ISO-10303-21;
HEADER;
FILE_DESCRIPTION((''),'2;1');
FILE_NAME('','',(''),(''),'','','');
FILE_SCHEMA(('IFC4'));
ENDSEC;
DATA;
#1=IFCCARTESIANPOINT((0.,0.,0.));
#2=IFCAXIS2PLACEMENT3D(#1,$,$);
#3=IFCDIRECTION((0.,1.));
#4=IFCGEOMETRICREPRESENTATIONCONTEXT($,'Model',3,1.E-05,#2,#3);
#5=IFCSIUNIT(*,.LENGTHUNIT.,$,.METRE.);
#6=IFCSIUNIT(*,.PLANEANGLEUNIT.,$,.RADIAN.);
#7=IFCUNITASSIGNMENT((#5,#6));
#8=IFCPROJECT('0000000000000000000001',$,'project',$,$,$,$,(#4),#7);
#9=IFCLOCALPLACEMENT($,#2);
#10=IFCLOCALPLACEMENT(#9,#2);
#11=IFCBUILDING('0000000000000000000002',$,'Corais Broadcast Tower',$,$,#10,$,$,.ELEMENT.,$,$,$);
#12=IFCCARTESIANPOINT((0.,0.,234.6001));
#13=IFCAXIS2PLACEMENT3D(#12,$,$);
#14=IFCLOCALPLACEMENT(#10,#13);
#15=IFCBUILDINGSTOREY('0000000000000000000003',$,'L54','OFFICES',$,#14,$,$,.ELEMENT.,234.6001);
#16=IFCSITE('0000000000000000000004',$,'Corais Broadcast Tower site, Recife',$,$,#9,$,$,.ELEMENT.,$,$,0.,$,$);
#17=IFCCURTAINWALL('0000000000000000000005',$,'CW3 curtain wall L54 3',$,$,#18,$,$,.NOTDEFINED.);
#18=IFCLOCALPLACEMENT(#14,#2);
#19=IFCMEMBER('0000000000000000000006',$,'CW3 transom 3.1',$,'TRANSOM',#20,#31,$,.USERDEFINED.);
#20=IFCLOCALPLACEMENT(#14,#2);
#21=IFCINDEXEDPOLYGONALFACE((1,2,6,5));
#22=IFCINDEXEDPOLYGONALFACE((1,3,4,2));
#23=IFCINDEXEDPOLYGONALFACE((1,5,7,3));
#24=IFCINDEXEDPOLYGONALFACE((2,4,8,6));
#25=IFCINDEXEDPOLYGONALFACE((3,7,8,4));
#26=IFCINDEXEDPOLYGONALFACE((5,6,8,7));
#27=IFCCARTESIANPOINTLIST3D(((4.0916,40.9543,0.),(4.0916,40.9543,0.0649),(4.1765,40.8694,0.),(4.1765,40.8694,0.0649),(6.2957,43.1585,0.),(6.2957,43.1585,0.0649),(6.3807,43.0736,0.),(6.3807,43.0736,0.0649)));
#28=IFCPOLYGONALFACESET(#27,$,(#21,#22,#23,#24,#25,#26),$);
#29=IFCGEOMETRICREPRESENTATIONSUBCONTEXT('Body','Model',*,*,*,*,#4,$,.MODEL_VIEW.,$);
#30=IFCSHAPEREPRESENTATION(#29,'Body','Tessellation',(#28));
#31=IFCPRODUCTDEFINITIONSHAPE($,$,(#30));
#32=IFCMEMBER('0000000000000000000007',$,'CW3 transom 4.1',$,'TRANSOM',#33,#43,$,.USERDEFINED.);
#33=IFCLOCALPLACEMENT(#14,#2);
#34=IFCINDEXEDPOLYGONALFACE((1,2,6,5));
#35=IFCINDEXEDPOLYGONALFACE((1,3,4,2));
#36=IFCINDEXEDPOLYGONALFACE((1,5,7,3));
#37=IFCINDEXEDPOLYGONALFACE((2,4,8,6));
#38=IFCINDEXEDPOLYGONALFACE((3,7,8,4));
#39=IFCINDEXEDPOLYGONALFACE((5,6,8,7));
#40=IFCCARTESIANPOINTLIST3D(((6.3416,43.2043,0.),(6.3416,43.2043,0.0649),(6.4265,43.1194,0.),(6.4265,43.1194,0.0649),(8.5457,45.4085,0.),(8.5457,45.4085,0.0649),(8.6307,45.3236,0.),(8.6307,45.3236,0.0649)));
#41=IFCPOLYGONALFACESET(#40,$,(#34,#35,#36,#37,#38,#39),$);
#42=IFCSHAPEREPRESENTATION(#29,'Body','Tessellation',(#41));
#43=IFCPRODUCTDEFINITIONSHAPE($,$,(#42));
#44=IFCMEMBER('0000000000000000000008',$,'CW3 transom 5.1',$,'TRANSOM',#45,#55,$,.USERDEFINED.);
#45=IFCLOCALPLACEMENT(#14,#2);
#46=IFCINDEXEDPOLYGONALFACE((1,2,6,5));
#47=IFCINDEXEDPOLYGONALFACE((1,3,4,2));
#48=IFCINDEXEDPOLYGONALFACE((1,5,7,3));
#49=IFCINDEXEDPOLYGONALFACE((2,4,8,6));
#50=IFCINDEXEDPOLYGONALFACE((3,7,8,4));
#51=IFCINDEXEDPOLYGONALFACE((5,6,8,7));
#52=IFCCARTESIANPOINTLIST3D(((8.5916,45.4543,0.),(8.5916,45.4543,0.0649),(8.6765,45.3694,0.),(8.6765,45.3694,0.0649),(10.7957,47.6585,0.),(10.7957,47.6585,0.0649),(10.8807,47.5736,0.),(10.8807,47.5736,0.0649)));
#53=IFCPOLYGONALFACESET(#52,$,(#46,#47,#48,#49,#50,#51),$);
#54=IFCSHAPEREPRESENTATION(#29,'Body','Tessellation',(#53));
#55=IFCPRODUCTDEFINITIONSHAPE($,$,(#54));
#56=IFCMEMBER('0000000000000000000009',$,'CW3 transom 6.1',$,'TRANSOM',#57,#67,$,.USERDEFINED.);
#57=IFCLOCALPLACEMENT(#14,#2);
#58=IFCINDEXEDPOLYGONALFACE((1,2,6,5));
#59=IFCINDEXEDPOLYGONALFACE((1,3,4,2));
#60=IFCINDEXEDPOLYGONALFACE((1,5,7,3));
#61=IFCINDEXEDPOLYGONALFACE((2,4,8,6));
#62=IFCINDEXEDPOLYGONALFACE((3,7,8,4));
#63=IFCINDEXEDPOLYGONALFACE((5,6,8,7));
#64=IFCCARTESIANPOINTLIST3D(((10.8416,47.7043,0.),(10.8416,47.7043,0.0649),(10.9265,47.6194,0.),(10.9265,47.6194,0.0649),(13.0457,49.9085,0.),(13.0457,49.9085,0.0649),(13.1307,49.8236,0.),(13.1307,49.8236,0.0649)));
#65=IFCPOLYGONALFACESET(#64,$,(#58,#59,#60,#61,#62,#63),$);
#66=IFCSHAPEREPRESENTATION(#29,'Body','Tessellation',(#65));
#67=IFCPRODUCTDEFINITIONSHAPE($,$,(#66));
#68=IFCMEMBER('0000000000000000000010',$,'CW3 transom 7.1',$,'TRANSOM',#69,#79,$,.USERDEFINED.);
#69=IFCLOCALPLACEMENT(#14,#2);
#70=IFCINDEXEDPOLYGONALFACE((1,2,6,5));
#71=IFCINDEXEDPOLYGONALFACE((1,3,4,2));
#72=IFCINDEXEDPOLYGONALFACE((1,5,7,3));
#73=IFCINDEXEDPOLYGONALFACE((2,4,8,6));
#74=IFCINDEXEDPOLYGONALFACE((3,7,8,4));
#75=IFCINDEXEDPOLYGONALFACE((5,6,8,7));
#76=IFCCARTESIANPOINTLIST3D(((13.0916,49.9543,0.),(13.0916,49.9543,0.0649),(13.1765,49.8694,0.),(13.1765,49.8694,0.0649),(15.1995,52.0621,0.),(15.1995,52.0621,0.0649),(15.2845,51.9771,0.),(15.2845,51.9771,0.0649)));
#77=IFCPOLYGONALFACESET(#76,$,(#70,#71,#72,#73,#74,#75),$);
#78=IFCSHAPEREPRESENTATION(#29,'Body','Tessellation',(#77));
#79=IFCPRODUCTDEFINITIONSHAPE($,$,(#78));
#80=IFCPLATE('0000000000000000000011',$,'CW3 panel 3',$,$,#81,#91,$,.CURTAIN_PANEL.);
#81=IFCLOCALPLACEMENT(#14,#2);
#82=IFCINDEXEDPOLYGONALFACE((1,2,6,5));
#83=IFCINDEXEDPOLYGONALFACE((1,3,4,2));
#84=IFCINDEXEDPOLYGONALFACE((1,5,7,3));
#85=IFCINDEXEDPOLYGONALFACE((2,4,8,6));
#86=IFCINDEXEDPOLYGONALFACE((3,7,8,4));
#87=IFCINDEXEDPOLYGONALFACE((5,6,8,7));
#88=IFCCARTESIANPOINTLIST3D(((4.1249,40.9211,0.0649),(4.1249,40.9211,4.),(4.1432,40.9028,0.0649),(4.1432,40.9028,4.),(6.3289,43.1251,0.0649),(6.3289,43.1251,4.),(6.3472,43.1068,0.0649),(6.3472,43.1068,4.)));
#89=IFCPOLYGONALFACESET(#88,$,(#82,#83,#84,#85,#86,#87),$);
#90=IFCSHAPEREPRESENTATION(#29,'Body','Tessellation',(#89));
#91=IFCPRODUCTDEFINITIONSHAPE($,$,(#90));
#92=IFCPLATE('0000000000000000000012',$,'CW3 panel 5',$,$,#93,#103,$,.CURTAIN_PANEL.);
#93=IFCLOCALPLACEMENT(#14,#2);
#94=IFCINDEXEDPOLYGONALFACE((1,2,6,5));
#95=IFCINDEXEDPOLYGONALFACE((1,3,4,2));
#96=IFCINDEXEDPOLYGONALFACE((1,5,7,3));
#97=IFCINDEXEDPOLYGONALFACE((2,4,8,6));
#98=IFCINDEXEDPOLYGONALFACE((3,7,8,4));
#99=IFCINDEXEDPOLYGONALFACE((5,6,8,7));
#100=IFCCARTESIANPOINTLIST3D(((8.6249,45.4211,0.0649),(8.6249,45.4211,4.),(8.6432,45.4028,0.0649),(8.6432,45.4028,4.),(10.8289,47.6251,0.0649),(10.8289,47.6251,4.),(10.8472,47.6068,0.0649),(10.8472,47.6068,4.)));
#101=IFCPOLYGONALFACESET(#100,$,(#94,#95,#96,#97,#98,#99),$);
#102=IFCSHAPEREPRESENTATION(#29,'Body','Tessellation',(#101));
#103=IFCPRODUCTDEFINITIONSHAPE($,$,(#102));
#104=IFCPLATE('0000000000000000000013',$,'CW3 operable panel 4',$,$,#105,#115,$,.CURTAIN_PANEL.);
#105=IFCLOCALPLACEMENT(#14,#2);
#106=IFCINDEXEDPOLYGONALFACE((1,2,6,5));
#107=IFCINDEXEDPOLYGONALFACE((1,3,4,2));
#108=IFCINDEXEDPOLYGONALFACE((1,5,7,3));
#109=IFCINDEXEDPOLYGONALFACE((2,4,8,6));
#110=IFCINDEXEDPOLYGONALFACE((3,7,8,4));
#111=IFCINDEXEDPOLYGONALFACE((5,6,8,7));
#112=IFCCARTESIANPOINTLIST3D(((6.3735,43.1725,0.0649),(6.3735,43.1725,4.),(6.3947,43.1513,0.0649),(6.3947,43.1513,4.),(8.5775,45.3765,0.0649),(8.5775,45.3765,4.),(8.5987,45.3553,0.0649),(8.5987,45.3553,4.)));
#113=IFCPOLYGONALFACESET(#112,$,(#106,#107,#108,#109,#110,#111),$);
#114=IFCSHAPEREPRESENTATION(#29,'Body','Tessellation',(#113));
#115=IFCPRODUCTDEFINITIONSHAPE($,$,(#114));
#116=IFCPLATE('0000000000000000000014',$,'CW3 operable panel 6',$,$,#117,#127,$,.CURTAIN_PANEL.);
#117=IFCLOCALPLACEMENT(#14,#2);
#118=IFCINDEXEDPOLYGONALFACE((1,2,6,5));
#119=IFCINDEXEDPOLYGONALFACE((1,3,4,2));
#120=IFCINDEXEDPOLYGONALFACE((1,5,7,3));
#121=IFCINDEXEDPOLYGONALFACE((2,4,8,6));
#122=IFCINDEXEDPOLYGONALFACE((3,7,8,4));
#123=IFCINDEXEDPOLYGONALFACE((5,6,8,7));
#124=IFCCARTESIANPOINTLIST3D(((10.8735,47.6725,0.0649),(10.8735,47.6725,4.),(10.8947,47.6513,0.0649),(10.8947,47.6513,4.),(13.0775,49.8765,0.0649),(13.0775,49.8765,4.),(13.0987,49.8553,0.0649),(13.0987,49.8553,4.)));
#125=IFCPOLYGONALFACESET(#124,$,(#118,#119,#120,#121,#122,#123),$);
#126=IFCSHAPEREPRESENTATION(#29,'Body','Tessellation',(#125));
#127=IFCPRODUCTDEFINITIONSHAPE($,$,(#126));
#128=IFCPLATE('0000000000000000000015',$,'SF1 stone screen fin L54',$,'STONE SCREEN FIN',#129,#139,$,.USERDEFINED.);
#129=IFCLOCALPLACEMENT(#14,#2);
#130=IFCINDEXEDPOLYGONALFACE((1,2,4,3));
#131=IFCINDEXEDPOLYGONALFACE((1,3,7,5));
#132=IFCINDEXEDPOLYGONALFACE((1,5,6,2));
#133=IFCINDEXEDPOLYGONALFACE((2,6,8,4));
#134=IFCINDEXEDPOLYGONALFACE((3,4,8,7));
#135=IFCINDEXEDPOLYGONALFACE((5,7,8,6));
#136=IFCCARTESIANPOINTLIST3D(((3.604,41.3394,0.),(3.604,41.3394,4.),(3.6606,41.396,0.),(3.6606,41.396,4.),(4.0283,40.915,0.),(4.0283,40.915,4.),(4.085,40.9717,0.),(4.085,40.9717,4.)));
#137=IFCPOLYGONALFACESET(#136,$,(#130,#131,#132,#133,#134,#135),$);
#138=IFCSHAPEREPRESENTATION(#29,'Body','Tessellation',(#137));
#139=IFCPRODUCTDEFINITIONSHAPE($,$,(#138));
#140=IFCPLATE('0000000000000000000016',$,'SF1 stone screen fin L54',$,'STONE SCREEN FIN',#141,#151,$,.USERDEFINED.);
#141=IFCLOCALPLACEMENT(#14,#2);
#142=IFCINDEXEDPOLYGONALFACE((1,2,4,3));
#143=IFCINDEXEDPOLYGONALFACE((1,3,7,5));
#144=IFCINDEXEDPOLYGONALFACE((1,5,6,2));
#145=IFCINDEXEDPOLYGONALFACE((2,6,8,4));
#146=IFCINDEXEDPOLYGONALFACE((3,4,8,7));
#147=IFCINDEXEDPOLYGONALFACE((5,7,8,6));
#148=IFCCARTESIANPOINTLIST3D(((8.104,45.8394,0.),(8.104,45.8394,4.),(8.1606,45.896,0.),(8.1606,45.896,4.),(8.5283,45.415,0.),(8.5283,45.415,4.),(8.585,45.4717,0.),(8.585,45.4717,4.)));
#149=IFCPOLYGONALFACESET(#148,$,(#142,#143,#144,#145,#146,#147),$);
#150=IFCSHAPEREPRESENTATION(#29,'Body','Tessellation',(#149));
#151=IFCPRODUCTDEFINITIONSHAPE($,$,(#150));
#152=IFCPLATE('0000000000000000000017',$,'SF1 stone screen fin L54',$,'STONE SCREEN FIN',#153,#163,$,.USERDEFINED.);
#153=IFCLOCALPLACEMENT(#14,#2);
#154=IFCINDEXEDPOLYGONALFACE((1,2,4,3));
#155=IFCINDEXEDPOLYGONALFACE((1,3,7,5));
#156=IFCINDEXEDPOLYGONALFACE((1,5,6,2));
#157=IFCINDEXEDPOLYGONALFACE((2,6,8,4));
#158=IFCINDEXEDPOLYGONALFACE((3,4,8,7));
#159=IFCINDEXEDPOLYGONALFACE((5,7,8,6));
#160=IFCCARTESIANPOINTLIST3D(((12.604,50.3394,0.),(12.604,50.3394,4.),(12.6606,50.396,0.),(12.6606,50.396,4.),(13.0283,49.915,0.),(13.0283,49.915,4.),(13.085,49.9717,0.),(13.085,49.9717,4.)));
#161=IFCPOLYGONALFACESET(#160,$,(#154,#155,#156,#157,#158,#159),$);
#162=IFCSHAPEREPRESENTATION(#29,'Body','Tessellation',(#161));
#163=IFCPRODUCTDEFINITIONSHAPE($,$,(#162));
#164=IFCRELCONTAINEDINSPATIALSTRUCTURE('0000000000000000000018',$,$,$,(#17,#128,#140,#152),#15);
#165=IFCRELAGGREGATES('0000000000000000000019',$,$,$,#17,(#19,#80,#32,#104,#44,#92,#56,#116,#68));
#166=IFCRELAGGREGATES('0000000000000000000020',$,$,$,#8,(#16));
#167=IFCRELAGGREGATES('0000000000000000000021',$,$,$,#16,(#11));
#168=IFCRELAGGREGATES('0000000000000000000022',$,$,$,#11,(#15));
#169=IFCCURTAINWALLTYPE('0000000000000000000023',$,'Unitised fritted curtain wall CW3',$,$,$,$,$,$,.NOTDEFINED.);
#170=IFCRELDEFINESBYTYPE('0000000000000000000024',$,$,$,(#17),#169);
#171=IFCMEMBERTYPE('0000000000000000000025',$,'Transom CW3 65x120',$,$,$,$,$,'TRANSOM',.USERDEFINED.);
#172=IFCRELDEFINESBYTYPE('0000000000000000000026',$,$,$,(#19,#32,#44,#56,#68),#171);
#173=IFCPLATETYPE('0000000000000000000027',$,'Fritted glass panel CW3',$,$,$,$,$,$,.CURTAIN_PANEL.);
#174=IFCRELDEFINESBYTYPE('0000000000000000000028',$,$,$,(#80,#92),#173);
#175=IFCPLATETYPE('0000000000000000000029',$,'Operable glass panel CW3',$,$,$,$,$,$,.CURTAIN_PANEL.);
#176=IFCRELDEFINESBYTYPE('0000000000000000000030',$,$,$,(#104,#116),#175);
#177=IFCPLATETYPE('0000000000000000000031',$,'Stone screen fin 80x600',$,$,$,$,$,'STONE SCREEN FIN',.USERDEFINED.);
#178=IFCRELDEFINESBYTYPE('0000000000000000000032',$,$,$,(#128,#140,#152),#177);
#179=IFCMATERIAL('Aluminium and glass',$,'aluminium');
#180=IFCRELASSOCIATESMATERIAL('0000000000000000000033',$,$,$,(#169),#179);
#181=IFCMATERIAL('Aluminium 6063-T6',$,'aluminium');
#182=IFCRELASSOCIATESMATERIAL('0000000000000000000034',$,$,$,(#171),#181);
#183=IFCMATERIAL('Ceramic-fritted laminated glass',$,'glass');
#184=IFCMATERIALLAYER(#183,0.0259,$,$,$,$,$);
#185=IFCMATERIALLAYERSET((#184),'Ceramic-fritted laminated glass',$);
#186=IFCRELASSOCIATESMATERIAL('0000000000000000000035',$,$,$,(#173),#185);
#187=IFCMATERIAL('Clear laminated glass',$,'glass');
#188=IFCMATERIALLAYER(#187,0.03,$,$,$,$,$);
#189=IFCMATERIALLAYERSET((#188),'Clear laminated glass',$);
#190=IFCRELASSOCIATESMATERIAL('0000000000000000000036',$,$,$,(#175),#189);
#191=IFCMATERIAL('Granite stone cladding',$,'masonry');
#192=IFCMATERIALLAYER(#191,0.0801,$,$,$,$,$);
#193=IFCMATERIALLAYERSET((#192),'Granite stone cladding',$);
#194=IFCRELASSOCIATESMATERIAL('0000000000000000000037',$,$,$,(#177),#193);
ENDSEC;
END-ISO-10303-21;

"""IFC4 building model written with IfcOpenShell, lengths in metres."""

from ifc_helpers import new_model, si_unit, direction, frame, origin, origin_2d, place, context, subcontext, project, spatial, rectangle, extrude, material, layer, layer_set, material_profile, profile_set, type_object, element, aggregate, save


model = new_model("IFC4")

# Units and contexts
model_context = context("Model", 3, precision=1e-05, world=origin(), true_north=direction((0.0, 1.0)))
body_context = subcontext(model_context, "Body", "Model", "MODEL_VIEW")
ifc_project = project(units=[si_unit("LENGTHUNIT", "METRE"), si_unit("PLANEANGLEUNIT", "RADIAN")], contexts=[model_context])

# Site, building, storey
site_placement = place(None, origin())
site = spatial("IfcSite", under=ifc_project, at=site_placement, Name="Corais Broadcast Tower site, Recife", CompositionType="ELEMENT", RefElevation=0.0)
building_placement = place(site_placement, origin())
building = spatial("IfcBuilding", under=site, at=building_placement, Name="Corais Broadcast Tower", CompositionType="ELEMENT")
storey_placement = place(building_placement, frame((0.0, 0.0, 234.6001)))
storey = spatial("IfcBuildingStorey", under=building, at=storey_placement, Name="L54", Description="OFFICES", CompositionType="ELEMENT", Elevation=234.6001)

# Curtain wall
ifc_material_1 = material(Name="Aluminium and glass", Category="aluminium")
curtain_wall_type = type_object("IfcCurtainWallType", Name="Unitised fritted curtain wall CW3", PredefinedType="NOTDEFINED", material=ifc_material_1)
curtain_wall_placement = place(storey_placement, origin())
curtain_wall = element("IfcCurtainWall", 1, at=curtain_wall_placement, inside=storey, type_object=curtain_wall_type, Name="CW3 curtain wall L54 3", PredefinedType="NOTDEFINED")

# Members
ifc_material_2 = material(Name="Aluminium 6063-T6", Category="aluminium")
ifc_material_profile_1 = material_profile(ifc_material_2, rectangle(XDim=0.1201, YDim=0.0649, at=origin_2d()), Name="Transom CW3 65x120")
ifc_profile_set_1 = profile_set([ifc_material_profile_1], Name="Aluminium 6063-T6")
member_type_1 = type_object("IfcMemberType", Name="Transom CW3 65x120", ElementType="TRANSOM", PredefinedType="USERDEFINED", material=ifc_profile_set_1)
member_1_placement = place(storey_placement, frame((4.134, 40.9119, 0.0325), z_axis=(0.707107, 0.707107, 0.0), x_axis=(-0.707107, 0.707107, 0.0)))
member_1 = element("IfcMember", 2, at=member_1_placement, type_object=member_type_1, Name="CW3 transom 3.1", ObjectType="TRANSOM", PredefinedType="USERDEFINED", context=body_context, shape_type="SweptSolid", body=[
    extrude(rectangle(XDim=0.1201, YDim=0.0649, at=origin_2d()), origin(), (0.0, 0.0, 1.0), 3.1172),
])
member_2_placement = place(storey_placement, frame((6.384, 43.1619, 0.0325), z_axis=(0.707107, 0.707107, 0.0), x_axis=(-0.707107, 0.707107, 0.0)))
member_2 = element("IfcMember", 3, at=member_2_placement, type_object=member_type_1, Name="CW3 transom 4.1", ObjectType="TRANSOM", PredefinedType="USERDEFINED", context=body_context, shape_type="SweptSolid", body=[
    extrude(rectangle(XDim=0.1201, YDim=0.0649, at=origin_2d()), origin(), (0.0, 0.0, 1.0), 3.1172),
])
member_3_placement = place(storey_placement, frame((8.634, 45.4119, 0.0325), z_axis=(0.707107, 0.707107, 0.0), x_axis=(-0.707107, 0.707107, 0.0)))
member_3 = element("IfcMember", 4, at=member_3_placement, type_object=member_type_1, Name="CW3 transom 5.1", ObjectType="TRANSOM", PredefinedType="USERDEFINED", context=body_context, shape_type="SweptSolid", body=[
    extrude(rectangle(XDim=0.1201, YDim=0.0649, at=origin_2d()), origin(), (0.0, 0.0, 1.0), 3.1172),
])
member_4_placement = place(storey_placement, frame((10.884, 47.6619, 0.0325), z_axis=(0.707107, 0.707107, 0.0), x_axis=(-0.707107, 0.707107, 0.0)))
member_4 = element("IfcMember", 5, at=member_4_placement, type_object=member_type_1, Name="CW3 transom 6.1", ObjectType="TRANSOM", PredefinedType="USERDEFINED", context=body_context, shape_type="SweptSolid", body=[
    extrude(rectangle(XDim=0.1201, YDim=0.0649, at=origin_2d()), origin(), (0.0, 0.0, 1.0), 3.1172),
])
member_5_placement = place(storey_placement, frame((13.134, 49.9119, 0.0325), z_axis=(0.707148, 0.707066, 0.0), x_axis=(-0.707066, 0.707148, 0.0)))
member_5 = element("IfcMember", 6, at=member_5_placement, type_object=member_type_1, Name="CW3 transom 7.1", ObjectType="TRANSOM", PredefinedType="USERDEFINED", context=body_context, shape_type="SweptSolid", body=[
    extrude(rectangle(XDim=0.1201, YDim=0.0649, at=origin_2d()), origin(), (0.0, 0.0, 1.0), 2.981),
])

# Plates
ifc_material_3 = material(Name="Ceramic-fritted laminated glass", Category="glass")
ifc_layer_1 = layer(ifc_material_3, 0.0259)
ifc_layer_set_1 = layer_set([ifc_layer_1], Name="Ceramic-fritted laminated glass")
plate_type_1 = type_object("IfcPlateType", Name="Fritted glass panel CW3", PredefinedType="CURTAIN_PANEL", material=ifc_layer_set_1)
plate_1_placement = place(storey_placement, frame((5.2361, 42.0139, 0.0649), z_axis=(0.0, 0.0, 1.0), x_axis=(0.707107, 0.707107, 0.0)))
plate_1 = element("IfcPlate", 7, at=plate_1_placement, type_object=plate_type_1, Name="CW3 panel 3", PredefinedType="CURTAIN_PANEL", context=body_context, shape_type="SweptSolid", body=[
    extrude(rectangle(XDim=3.1169, YDim=0.0259, at=origin_2d()), origin(), (0.0, 0.0, 1.0), 3.9351),
])
plate_2_placement = place(storey_placement, frame((9.7361, 46.5139, 0.0649), z_axis=(0.0, 0.0, 1.0), x_axis=(0.707107, 0.707107, 0.0)))
plate_2 = element("IfcPlate", 8, at=plate_2_placement, type_object=plate_type_1, Name="CW3 panel 5", PredefinedType="CURTAIN_PANEL", context=body_context, shape_type="SweptSolid", body=[
    extrude(rectangle(XDim=3.1169, YDim=0.0259, at=origin_2d()), origin(), (0.0, 0.0, 1.0), 3.9351),
])
ifc_material_4 = material(Name="Clear laminated glass", Category="glass")
ifc_layer_2 = layer(ifc_material_4, 0.03)
ifc_layer_set_2 = layer_set([ifc_layer_2], Name="Clear laminated glass")
plate_type_2 = type_object("IfcPlateType", Name="Operable glass panel CW3", PredefinedType="CURTAIN_PANEL", material=ifc_layer_set_2)
plate_3_placement = place(storey_placement, frame((7.4861, 44.2639, 0.0649), z_axis=(0.0, 0.0, 1.0), x_axis=(0.707107, 0.707107, 0.0)))
plate_3 = element("IfcPlate", 9, at=plate_3_placement, type_object=plate_type_2, Name="CW3 operable panel 4", PredefinedType="CURTAIN_PANEL", context=body_context, shape_type="SweptSolid", body=[
    extrude(rectangle(XDim=3.1169, YDim=0.03, at=origin_2d()), origin(), (0.0, 0.0, 1.0), 3.9351),
])
plate_4_placement = place(storey_placement, frame((11.9861, 48.7639, 0.0649), z_axis=(0.0, 0.0, 1.0), x_axis=(0.707107, 0.707107, 0.0)))
plate_4 = element("IfcPlate", 10, at=plate_4_placement, type_object=plate_type_2, Name="CW3 operable panel 6", PredefinedType="CURTAIN_PANEL", context=body_context, shape_type="SweptSolid", body=[
    extrude(rectangle(XDim=3.1169, YDim=0.03, at=origin_2d()), origin(), (0.0, 0.0, 1.0), 3.9351),
])
aggregate(curtain_wall, [member_1, plate_1, member_2, plate_3, member_3, plate_2, member_4, plate_4, member_5])

# Plates
ifc_material_5 = material(Name="Granite stone cladding", Category="masonry")
ifc_layer_3 = layer(ifc_material_5, 0.0801)
ifc_layer_set_3 = layer_set([ifc_layer_3], Name="Granite stone cladding")
plate_type_3 = type_object("IfcPlateType", Name="Stone screen fin 80x600", ElementType="STONE SCREEN FIN", PredefinedType="USERDEFINED", material=ifc_layer_set_3)
for number, where, z_axis, x_axis, name in (
    (11, (3.8445, 41.1555, 0.0), (0.0, 0.0, 1.0), (0.707107, 0.707107, 0.0), "SF1 stone screen fin L54"),
    (12, (8.3445, 45.6555, 0.0), (0.0, 0.0, 1.0), (0.707107, 0.707107, 0.0), "SF1 stone screen fin L54"),
    (13, (12.8445, 50.1555, 0.0), (0.0, 0.0, 1.0), (0.707107, 0.707107, 0.0), "SF1 stone screen fin L54"),
):
    element("IfcPlate", number, at=place(storey_placement, frame(where, z_axis=z_axis, x_axis=x_axis)), inside=storey, type_object=plate_type_3, Name=name, ObjectType="STONE SCREEN FIN", PredefinedType="USERDEFINED", context=body_context, shape_type="SweptSolid", body=[
        extrude(rectangle(XDim=0.0801, YDim=0.6001, at=origin_2d()), origin(), (0.0, 0.0, 1.0), 4.0),
    ])

save(model, "model.ifc")
